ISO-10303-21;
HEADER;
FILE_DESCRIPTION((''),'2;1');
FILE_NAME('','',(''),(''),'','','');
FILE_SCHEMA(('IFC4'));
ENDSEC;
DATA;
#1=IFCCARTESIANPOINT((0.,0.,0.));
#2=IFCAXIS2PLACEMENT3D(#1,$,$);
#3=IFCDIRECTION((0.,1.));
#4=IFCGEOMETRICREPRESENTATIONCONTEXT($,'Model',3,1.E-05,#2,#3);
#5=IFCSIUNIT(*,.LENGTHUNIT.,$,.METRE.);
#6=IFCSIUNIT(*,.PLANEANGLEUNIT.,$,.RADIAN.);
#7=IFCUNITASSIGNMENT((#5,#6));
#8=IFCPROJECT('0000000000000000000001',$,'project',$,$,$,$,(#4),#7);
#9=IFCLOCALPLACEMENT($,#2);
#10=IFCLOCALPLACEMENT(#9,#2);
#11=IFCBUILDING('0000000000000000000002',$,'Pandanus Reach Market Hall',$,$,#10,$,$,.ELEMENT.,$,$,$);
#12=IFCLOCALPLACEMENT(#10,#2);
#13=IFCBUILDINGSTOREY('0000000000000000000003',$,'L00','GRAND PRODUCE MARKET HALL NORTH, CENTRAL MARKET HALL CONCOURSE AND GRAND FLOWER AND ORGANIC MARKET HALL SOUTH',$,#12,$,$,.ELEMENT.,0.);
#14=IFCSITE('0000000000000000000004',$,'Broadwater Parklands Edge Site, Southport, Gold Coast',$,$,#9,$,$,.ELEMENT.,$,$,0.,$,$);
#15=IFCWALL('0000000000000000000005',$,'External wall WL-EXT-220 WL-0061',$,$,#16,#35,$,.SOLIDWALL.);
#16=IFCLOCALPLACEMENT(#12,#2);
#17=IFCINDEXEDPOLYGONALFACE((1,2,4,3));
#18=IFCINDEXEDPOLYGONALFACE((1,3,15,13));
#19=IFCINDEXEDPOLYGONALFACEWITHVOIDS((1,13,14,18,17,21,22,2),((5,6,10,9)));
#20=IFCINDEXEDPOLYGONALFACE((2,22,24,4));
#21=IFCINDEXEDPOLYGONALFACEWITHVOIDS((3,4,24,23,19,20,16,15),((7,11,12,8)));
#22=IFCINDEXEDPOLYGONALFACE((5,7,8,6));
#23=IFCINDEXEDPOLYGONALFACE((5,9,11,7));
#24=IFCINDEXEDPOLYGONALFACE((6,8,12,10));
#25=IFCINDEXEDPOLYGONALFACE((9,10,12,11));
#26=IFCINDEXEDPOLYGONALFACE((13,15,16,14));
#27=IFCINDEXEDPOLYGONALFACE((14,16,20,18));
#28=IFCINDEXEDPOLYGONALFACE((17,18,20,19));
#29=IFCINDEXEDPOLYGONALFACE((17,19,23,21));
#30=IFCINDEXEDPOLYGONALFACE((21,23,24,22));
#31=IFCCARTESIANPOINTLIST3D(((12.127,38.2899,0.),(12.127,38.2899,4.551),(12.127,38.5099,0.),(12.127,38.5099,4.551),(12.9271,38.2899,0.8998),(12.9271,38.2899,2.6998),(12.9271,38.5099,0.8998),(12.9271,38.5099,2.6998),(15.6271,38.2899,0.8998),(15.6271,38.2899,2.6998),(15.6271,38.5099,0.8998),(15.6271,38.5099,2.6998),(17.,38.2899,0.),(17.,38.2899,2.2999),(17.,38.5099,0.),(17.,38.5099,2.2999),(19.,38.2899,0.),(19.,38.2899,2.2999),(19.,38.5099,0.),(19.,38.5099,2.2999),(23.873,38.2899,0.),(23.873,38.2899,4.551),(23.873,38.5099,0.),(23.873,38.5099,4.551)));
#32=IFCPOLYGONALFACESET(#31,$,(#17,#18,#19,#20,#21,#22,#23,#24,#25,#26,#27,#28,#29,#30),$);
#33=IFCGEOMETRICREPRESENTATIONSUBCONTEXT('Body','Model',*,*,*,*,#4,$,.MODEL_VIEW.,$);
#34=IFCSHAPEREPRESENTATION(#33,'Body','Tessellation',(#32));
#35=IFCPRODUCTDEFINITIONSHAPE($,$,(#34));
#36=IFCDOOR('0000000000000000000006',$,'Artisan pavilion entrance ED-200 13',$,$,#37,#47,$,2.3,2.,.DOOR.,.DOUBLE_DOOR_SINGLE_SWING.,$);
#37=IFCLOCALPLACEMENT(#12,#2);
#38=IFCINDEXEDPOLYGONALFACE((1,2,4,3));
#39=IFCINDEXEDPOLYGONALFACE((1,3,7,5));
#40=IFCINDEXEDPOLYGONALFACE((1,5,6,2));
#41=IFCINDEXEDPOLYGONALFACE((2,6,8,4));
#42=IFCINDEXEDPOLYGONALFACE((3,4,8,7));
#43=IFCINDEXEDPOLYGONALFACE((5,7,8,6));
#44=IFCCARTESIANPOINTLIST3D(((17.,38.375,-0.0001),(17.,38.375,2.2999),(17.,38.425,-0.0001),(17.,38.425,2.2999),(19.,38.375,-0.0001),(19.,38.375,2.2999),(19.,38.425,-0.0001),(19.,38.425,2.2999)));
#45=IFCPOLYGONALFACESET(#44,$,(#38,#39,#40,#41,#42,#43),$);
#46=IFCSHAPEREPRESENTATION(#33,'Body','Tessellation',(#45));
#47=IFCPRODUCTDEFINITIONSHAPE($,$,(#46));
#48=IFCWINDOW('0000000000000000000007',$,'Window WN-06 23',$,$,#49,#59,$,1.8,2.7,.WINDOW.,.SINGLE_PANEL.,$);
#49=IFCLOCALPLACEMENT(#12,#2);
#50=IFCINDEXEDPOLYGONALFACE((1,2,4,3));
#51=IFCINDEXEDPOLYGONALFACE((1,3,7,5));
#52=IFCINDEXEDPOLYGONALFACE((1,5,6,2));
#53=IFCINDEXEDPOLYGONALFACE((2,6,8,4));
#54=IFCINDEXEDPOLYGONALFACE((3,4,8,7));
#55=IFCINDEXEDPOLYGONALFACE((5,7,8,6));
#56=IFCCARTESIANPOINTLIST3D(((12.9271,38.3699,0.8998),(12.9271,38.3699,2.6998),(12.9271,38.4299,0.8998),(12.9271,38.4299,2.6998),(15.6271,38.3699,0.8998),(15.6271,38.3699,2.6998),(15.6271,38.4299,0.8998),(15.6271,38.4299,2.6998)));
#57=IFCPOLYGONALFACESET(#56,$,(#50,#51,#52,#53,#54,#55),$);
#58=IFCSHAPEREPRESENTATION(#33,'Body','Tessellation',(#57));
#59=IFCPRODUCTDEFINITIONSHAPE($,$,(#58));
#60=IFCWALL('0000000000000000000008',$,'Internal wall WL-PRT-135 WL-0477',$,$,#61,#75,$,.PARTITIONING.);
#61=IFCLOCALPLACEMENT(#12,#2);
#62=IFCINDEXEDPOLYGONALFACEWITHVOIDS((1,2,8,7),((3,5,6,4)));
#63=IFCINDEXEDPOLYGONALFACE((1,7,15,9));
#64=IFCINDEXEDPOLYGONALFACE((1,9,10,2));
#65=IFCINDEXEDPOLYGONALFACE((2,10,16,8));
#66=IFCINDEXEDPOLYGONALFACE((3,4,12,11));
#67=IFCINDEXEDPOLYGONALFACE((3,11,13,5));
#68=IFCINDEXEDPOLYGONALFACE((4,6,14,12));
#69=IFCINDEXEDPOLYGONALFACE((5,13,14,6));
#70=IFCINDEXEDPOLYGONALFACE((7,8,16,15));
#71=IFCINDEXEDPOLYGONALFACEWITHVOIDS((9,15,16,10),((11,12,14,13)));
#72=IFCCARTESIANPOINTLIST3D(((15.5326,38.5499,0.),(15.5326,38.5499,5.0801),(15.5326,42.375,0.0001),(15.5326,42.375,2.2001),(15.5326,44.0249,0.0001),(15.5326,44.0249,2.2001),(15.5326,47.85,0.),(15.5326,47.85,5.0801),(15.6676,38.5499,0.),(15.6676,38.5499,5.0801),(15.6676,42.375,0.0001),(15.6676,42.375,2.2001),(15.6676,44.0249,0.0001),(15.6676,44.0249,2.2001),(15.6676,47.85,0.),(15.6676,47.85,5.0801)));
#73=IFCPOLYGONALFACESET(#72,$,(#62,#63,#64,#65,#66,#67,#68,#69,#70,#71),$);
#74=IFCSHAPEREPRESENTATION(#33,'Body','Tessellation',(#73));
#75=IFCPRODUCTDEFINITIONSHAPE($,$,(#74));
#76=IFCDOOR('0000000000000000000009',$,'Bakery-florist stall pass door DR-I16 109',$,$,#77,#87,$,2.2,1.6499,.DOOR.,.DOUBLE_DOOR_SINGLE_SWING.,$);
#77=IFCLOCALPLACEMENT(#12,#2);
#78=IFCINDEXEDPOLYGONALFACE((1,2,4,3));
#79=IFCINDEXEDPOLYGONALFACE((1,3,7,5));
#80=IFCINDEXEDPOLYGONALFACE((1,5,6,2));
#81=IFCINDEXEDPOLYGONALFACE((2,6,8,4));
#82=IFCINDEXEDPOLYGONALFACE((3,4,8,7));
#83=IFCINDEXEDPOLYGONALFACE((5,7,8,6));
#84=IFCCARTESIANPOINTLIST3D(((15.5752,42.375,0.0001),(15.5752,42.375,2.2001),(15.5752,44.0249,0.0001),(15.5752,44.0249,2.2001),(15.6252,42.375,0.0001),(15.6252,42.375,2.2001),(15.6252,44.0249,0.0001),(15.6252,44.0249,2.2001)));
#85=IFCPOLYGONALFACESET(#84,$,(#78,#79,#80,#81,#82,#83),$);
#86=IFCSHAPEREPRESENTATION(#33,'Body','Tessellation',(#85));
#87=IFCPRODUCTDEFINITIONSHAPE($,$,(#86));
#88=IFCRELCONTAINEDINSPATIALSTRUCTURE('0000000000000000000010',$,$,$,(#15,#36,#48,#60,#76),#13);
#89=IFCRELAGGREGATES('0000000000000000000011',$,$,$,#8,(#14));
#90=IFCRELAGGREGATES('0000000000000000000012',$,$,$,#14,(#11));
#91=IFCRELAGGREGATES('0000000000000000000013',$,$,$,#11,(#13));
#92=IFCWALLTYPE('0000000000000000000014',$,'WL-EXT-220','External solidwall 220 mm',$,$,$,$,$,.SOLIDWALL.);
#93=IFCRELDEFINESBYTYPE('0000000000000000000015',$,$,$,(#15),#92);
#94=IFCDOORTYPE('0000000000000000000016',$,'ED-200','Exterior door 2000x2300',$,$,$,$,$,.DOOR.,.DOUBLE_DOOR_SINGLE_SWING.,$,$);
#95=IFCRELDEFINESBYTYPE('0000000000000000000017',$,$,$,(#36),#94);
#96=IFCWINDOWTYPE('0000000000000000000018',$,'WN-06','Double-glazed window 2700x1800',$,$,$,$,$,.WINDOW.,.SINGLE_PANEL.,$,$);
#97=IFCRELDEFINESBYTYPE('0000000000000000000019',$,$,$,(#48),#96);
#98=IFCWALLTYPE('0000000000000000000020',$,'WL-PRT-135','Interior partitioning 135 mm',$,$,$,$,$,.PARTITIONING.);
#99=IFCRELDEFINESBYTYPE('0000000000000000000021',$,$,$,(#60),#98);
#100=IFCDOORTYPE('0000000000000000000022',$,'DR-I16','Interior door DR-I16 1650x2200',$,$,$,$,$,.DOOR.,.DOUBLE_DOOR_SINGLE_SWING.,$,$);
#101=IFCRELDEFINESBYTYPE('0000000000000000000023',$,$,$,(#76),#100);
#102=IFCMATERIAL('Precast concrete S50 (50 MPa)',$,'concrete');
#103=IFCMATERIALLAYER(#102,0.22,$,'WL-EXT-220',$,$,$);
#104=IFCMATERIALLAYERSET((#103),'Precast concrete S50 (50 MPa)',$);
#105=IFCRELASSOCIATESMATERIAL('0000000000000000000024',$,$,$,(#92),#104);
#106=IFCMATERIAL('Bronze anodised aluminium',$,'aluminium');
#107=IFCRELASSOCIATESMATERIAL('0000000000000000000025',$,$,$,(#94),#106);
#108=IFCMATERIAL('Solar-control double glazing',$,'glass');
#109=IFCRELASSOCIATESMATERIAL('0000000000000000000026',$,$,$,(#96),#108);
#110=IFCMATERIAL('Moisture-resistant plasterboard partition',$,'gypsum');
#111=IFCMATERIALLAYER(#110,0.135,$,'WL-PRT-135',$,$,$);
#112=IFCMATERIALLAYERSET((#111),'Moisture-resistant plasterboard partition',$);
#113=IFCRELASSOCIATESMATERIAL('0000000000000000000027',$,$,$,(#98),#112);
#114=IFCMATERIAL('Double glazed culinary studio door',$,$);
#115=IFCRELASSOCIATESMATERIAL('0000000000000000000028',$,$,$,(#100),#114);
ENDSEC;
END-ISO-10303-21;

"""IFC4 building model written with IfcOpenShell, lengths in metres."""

from ifc_helpers import new_model, si_unit, direction, frame, frame_2d, origin, place, context, subcontext, project, spatial, rectangle, extrude, material, layer, layer_set, type_object, element, fill, save


model = new_model("IFC4")

# Units and contexts
model_context = context("Model", 3, precision=1e-05, world=origin(), true_north=direction((0.0, 1.0)))
body_context = subcontext(model_context, "Body", "Model", "MODEL_VIEW")
ifc_project = project(units=[si_unit("LENGTHUNIT", "METRE"), si_unit("PLANEANGLEUNIT", "RADIAN")], contexts=[model_context])

# Site, building, storey
site_placement = place(None, origin())
site = spatial("IfcSite", under=ifc_project, at=site_placement, Name="Broadwater Parklands Edge Site, Southport, Gold Coast", CompositionType="ELEMENT", RefElevation=0.0)
building_placement = place(site_placement, origin())
building = spatial("IfcBuilding", under=site, at=building_placement, Name="Pandanus Reach Market Hall", CompositionType="ELEMENT")
storey_placement = place(building_placement, origin())
storey = spatial("IfcBuildingStorey", under=building, at=storey_placement, Name="L00", Description="GRAND PRODUCE MARKET HALL NORTH, CENTRAL MARKET HALL CONCOURSE AND GRAND FLOWER AND ORGANIC MARKET HALL SOUTH", CompositionType="ELEMENT", Elevation=0.0)

# Shared definitions
ifc_material_1 = material(Name="Bronze anodised aluminium", Category="aluminium")

# Wall, openings, door, window
ifc_material_2 = material(Name="Precast concrete S50 (50 MPa)", Category="concrete")
ifc_layer_1 = layer(ifc_material_2, 0.22, Name="WL-EXT-220")
ifc_layer_set_1 = layer_set([ifc_layer_1], Name="Precast concrete S50 (50 MPa)")
wall_type_1 = type_object("IfcWallType", Name="WL-EXT-220", Description="External solidwall 220 mm", PredefinedType="SOLIDWALL", material=ifc_layer_set_1)
wall_1_placement = place(storey_placement, frame((12.127, 38.3999, 0.0), z_axis=(0.0, 0.0, 1.0), x_axis=(1.0, 0.0, 0.0)))
wall_1 = element("IfcWall", 1, at=wall_1_placement, inside=storey, type_object=wall_type_1, Name="External wall WL-EXT-220 WL-0061", PredefinedType="SOLIDWALL", context=body_context, shape_type="SweptSolid", body=[
    extrude(rectangle(XDim=11.7461, YDim=0.22, at=frame_2d((5.873, 0.0))), origin(), (0.0, 0.0, 1.0), 4.551),
])
opening_1_placement = place(wall_1_placement, frame((4.873, 0.0, 0.0)))
opening_1 = element("IfcOpeningElement", 2, at=opening_1_placement, cuts=wall_1, PredefinedType="OPENING", context=body_context, shape_type="SweptSolid", body=[
    extrude(rectangle(XDim=2.0, YDim=2.3, at=frame_2d((1.0, 1.1499))), frame((0.0, 0.125, 0.0), z_axis=(0.0, -1.0, 0.0), x_axis=(1.0, 0.0, 0.0)), (0.0, 0.0, 1.0), 0.25),
])
opening_2_placement = place(wall_1_placement, frame((0.8, 0.0, 0.8999)))
opening_2 = element("IfcOpeningElement", 3, at=opening_2_placement, cuts=wall_1, PredefinedType="OPENING", context=body_context, shape_type="SweptSolid", body=[
    extrude(rectangle(XDim=2.7, YDim=1.8, at=frame_2d((1.3501, 0.8999))), frame((0.0, 0.125, 0.0), z_axis=(0.0, -1.0, 0.0), x_axis=(1.0, 0.0, 0.0)), (0.0, 0.0, 1.0), 0.25),
])
door_type_1 = type_object("IfcDoorType", Name="ED-200", Description="Exterior door 2000x2300", OperationType="DOUBLE_DOOR_SINGLE_SWING", PredefinedType="DOOR", material=ifc_material_1)
door_1_placement = place(opening_1_placement, frame((2.0, 0.0, 0.0), z_axis=(0.0, 0.0, 1.0), x_axis=(-1.0, 0.0, 0.0)))
door_1 = element("IfcDoor", 4, at=door_1_placement, inside=storey, type_object=door_type_1, Name="Artisan pavilion entrance ED-200 13", OperationType="DOUBLE_DOOR_SINGLE_SWING", OverallHeight=2.3, OverallWidth=2.0, PredefinedType="DOOR", context=body_context, shape_type="SweptSolid", body=[
    extrude(rectangle(XDim=2.0, YDim=2.3, at=frame_2d((1.0, 1.1499))), frame((0.0, 0.0249, 0.0), z_axis=(0.0, -1.0, 0.0), x_axis=(1.0, 0.0, 0.0)), (0.0, 0.0, 1.0), 0.05),
])
fill(opening_1, door_1)
ifc_material_3 = material(Name="Solar-control double glazing", Category="glass")
window_type = type_object("IfcWindowType", Name="WN-06", Description="Double-glazed window 2700x1800", PartitioningType="SINGLE_PANEL", PredefinedType="WINDOW", material=ifc_material_3)
window_placement = place(opening_2_placement, origin())
window = element("IfcWindow", 5, at=window_placement, inside=storey, type_object=window_type, Name="Window WN-06 23", OverallHeight=1.8, OverallWidth=2.7, PartitioningType="SINGLE_PANEL", PredefinedType="WINDOW", context=body_context, shape_type="SweptSolid", body=[
    extrude(rectangle(XDim=2.7, YDim=1.8, at=frame_2d((1.3501, 0.8999))), frame((0.0, 0.03, 0.0), z_axis=(0.0, -1.0, 0.0), x_axis=(1.0, 0.0, 0.0)), (0.0, 0.0, 1.0), 0.0601),
])
fill(opening_2, window)

# Wall, opening, door
ifc_material_4 = material(Name="Moisture-resistant plasterboard partition", Category="gypsum")
ifc_layer_2 = layer(ifc_material_4, 0.135, Name="WL-PRT-135")
ifc_layer_set_2 = layer_set([ifc_layer_2], Name="Moisture-resistant plasterboard partition")
wall_type_2 = type_object("IfcWallType", Name="WL-PRT-135", Description="Interior partitioning 135 mm", PredefinedType="PARTITIONING", material=ifc_layer_set_2)
wall_2_placement = place(storey_placement, frame((15.6001, 38.55, 0.0), z_axis=(0.0, 0.0, 1.0), x_axis=(0.0, 1.0, 0.0)))
wall_2 = element("IfcWall", 6, at=wall_2_placement, inside=storey, type_object=wall_type_2, Name="Internal wall WL-PRT-135 WL-0477", PredefinedType="PARTITIONING", context=body_context, shape_type="SweptSolid", body=[
    extrude(rectangle(XDim=9.3, YDim=0.135, at=frame_2d((4.6499, 0.0))), origin(), (0.0, 0.0, 1.0), 5.0801),
])
opening_3_placement = place(wall_2_placement, frame((3.825, 0.0, 0.0)))
opening_3 = element("IfcOpeningElement", 7, at=opening_3_placement, cuts=wall_2, PredefinedType="OPENING", context=body_context, shape_type="SweptSolid", body=[
    extrude(rectangle(XDim=1.6499, YDim=2.2, at=frame_2d((0.825, 1.1001))), frame((0.0, 0.0825, 0.0), z_axis=(0.0, -1.0, 0.0), x_axis=(1.0, 0.0, 0.0)), (0.0, 0.0, 1.0), 0.165),
])
ifc_material_5 = material(Name="Double glazed culinary studio door")
door_type_2 = type_object("IfcDoorType", Name="DR-I16", Description="Interior door DR-I16 1650x2200", OperationType="DOUBLE_DOOR_SINGLE_SWING", PredefinedType="DOOR", material=ifc_material_5)
door_2_placement = place(opening_3_placement, origin())
door_2 = element("IfcDoor", 8, at=door_2_placement, inside=storey, type_object=door_type_2, Name="Bakery-florist stall pass door DR-I16 109", OperationType="DOUBLE_DOOR_SINGLE_SWING", OverallHeight=2.2, OverallWidth=1.6499, PredefinedType="DOOR", context=body_context, shape_type="SweptSolid", body=[
    extrude(rectangle(XDim=1.6499, YDim=2.2, at=frame_2d((0.825, 1.1001))), frame((0.0, 0.0249, 0.0), z_axis=(0.0, -1.0, 0.0), x_axis=(1.0, 0.0, 0.0)), (0.0, 0.0, 1.0), 0.05),
])
fill(opening_3, door_2)

save(model, "model.ifc")
